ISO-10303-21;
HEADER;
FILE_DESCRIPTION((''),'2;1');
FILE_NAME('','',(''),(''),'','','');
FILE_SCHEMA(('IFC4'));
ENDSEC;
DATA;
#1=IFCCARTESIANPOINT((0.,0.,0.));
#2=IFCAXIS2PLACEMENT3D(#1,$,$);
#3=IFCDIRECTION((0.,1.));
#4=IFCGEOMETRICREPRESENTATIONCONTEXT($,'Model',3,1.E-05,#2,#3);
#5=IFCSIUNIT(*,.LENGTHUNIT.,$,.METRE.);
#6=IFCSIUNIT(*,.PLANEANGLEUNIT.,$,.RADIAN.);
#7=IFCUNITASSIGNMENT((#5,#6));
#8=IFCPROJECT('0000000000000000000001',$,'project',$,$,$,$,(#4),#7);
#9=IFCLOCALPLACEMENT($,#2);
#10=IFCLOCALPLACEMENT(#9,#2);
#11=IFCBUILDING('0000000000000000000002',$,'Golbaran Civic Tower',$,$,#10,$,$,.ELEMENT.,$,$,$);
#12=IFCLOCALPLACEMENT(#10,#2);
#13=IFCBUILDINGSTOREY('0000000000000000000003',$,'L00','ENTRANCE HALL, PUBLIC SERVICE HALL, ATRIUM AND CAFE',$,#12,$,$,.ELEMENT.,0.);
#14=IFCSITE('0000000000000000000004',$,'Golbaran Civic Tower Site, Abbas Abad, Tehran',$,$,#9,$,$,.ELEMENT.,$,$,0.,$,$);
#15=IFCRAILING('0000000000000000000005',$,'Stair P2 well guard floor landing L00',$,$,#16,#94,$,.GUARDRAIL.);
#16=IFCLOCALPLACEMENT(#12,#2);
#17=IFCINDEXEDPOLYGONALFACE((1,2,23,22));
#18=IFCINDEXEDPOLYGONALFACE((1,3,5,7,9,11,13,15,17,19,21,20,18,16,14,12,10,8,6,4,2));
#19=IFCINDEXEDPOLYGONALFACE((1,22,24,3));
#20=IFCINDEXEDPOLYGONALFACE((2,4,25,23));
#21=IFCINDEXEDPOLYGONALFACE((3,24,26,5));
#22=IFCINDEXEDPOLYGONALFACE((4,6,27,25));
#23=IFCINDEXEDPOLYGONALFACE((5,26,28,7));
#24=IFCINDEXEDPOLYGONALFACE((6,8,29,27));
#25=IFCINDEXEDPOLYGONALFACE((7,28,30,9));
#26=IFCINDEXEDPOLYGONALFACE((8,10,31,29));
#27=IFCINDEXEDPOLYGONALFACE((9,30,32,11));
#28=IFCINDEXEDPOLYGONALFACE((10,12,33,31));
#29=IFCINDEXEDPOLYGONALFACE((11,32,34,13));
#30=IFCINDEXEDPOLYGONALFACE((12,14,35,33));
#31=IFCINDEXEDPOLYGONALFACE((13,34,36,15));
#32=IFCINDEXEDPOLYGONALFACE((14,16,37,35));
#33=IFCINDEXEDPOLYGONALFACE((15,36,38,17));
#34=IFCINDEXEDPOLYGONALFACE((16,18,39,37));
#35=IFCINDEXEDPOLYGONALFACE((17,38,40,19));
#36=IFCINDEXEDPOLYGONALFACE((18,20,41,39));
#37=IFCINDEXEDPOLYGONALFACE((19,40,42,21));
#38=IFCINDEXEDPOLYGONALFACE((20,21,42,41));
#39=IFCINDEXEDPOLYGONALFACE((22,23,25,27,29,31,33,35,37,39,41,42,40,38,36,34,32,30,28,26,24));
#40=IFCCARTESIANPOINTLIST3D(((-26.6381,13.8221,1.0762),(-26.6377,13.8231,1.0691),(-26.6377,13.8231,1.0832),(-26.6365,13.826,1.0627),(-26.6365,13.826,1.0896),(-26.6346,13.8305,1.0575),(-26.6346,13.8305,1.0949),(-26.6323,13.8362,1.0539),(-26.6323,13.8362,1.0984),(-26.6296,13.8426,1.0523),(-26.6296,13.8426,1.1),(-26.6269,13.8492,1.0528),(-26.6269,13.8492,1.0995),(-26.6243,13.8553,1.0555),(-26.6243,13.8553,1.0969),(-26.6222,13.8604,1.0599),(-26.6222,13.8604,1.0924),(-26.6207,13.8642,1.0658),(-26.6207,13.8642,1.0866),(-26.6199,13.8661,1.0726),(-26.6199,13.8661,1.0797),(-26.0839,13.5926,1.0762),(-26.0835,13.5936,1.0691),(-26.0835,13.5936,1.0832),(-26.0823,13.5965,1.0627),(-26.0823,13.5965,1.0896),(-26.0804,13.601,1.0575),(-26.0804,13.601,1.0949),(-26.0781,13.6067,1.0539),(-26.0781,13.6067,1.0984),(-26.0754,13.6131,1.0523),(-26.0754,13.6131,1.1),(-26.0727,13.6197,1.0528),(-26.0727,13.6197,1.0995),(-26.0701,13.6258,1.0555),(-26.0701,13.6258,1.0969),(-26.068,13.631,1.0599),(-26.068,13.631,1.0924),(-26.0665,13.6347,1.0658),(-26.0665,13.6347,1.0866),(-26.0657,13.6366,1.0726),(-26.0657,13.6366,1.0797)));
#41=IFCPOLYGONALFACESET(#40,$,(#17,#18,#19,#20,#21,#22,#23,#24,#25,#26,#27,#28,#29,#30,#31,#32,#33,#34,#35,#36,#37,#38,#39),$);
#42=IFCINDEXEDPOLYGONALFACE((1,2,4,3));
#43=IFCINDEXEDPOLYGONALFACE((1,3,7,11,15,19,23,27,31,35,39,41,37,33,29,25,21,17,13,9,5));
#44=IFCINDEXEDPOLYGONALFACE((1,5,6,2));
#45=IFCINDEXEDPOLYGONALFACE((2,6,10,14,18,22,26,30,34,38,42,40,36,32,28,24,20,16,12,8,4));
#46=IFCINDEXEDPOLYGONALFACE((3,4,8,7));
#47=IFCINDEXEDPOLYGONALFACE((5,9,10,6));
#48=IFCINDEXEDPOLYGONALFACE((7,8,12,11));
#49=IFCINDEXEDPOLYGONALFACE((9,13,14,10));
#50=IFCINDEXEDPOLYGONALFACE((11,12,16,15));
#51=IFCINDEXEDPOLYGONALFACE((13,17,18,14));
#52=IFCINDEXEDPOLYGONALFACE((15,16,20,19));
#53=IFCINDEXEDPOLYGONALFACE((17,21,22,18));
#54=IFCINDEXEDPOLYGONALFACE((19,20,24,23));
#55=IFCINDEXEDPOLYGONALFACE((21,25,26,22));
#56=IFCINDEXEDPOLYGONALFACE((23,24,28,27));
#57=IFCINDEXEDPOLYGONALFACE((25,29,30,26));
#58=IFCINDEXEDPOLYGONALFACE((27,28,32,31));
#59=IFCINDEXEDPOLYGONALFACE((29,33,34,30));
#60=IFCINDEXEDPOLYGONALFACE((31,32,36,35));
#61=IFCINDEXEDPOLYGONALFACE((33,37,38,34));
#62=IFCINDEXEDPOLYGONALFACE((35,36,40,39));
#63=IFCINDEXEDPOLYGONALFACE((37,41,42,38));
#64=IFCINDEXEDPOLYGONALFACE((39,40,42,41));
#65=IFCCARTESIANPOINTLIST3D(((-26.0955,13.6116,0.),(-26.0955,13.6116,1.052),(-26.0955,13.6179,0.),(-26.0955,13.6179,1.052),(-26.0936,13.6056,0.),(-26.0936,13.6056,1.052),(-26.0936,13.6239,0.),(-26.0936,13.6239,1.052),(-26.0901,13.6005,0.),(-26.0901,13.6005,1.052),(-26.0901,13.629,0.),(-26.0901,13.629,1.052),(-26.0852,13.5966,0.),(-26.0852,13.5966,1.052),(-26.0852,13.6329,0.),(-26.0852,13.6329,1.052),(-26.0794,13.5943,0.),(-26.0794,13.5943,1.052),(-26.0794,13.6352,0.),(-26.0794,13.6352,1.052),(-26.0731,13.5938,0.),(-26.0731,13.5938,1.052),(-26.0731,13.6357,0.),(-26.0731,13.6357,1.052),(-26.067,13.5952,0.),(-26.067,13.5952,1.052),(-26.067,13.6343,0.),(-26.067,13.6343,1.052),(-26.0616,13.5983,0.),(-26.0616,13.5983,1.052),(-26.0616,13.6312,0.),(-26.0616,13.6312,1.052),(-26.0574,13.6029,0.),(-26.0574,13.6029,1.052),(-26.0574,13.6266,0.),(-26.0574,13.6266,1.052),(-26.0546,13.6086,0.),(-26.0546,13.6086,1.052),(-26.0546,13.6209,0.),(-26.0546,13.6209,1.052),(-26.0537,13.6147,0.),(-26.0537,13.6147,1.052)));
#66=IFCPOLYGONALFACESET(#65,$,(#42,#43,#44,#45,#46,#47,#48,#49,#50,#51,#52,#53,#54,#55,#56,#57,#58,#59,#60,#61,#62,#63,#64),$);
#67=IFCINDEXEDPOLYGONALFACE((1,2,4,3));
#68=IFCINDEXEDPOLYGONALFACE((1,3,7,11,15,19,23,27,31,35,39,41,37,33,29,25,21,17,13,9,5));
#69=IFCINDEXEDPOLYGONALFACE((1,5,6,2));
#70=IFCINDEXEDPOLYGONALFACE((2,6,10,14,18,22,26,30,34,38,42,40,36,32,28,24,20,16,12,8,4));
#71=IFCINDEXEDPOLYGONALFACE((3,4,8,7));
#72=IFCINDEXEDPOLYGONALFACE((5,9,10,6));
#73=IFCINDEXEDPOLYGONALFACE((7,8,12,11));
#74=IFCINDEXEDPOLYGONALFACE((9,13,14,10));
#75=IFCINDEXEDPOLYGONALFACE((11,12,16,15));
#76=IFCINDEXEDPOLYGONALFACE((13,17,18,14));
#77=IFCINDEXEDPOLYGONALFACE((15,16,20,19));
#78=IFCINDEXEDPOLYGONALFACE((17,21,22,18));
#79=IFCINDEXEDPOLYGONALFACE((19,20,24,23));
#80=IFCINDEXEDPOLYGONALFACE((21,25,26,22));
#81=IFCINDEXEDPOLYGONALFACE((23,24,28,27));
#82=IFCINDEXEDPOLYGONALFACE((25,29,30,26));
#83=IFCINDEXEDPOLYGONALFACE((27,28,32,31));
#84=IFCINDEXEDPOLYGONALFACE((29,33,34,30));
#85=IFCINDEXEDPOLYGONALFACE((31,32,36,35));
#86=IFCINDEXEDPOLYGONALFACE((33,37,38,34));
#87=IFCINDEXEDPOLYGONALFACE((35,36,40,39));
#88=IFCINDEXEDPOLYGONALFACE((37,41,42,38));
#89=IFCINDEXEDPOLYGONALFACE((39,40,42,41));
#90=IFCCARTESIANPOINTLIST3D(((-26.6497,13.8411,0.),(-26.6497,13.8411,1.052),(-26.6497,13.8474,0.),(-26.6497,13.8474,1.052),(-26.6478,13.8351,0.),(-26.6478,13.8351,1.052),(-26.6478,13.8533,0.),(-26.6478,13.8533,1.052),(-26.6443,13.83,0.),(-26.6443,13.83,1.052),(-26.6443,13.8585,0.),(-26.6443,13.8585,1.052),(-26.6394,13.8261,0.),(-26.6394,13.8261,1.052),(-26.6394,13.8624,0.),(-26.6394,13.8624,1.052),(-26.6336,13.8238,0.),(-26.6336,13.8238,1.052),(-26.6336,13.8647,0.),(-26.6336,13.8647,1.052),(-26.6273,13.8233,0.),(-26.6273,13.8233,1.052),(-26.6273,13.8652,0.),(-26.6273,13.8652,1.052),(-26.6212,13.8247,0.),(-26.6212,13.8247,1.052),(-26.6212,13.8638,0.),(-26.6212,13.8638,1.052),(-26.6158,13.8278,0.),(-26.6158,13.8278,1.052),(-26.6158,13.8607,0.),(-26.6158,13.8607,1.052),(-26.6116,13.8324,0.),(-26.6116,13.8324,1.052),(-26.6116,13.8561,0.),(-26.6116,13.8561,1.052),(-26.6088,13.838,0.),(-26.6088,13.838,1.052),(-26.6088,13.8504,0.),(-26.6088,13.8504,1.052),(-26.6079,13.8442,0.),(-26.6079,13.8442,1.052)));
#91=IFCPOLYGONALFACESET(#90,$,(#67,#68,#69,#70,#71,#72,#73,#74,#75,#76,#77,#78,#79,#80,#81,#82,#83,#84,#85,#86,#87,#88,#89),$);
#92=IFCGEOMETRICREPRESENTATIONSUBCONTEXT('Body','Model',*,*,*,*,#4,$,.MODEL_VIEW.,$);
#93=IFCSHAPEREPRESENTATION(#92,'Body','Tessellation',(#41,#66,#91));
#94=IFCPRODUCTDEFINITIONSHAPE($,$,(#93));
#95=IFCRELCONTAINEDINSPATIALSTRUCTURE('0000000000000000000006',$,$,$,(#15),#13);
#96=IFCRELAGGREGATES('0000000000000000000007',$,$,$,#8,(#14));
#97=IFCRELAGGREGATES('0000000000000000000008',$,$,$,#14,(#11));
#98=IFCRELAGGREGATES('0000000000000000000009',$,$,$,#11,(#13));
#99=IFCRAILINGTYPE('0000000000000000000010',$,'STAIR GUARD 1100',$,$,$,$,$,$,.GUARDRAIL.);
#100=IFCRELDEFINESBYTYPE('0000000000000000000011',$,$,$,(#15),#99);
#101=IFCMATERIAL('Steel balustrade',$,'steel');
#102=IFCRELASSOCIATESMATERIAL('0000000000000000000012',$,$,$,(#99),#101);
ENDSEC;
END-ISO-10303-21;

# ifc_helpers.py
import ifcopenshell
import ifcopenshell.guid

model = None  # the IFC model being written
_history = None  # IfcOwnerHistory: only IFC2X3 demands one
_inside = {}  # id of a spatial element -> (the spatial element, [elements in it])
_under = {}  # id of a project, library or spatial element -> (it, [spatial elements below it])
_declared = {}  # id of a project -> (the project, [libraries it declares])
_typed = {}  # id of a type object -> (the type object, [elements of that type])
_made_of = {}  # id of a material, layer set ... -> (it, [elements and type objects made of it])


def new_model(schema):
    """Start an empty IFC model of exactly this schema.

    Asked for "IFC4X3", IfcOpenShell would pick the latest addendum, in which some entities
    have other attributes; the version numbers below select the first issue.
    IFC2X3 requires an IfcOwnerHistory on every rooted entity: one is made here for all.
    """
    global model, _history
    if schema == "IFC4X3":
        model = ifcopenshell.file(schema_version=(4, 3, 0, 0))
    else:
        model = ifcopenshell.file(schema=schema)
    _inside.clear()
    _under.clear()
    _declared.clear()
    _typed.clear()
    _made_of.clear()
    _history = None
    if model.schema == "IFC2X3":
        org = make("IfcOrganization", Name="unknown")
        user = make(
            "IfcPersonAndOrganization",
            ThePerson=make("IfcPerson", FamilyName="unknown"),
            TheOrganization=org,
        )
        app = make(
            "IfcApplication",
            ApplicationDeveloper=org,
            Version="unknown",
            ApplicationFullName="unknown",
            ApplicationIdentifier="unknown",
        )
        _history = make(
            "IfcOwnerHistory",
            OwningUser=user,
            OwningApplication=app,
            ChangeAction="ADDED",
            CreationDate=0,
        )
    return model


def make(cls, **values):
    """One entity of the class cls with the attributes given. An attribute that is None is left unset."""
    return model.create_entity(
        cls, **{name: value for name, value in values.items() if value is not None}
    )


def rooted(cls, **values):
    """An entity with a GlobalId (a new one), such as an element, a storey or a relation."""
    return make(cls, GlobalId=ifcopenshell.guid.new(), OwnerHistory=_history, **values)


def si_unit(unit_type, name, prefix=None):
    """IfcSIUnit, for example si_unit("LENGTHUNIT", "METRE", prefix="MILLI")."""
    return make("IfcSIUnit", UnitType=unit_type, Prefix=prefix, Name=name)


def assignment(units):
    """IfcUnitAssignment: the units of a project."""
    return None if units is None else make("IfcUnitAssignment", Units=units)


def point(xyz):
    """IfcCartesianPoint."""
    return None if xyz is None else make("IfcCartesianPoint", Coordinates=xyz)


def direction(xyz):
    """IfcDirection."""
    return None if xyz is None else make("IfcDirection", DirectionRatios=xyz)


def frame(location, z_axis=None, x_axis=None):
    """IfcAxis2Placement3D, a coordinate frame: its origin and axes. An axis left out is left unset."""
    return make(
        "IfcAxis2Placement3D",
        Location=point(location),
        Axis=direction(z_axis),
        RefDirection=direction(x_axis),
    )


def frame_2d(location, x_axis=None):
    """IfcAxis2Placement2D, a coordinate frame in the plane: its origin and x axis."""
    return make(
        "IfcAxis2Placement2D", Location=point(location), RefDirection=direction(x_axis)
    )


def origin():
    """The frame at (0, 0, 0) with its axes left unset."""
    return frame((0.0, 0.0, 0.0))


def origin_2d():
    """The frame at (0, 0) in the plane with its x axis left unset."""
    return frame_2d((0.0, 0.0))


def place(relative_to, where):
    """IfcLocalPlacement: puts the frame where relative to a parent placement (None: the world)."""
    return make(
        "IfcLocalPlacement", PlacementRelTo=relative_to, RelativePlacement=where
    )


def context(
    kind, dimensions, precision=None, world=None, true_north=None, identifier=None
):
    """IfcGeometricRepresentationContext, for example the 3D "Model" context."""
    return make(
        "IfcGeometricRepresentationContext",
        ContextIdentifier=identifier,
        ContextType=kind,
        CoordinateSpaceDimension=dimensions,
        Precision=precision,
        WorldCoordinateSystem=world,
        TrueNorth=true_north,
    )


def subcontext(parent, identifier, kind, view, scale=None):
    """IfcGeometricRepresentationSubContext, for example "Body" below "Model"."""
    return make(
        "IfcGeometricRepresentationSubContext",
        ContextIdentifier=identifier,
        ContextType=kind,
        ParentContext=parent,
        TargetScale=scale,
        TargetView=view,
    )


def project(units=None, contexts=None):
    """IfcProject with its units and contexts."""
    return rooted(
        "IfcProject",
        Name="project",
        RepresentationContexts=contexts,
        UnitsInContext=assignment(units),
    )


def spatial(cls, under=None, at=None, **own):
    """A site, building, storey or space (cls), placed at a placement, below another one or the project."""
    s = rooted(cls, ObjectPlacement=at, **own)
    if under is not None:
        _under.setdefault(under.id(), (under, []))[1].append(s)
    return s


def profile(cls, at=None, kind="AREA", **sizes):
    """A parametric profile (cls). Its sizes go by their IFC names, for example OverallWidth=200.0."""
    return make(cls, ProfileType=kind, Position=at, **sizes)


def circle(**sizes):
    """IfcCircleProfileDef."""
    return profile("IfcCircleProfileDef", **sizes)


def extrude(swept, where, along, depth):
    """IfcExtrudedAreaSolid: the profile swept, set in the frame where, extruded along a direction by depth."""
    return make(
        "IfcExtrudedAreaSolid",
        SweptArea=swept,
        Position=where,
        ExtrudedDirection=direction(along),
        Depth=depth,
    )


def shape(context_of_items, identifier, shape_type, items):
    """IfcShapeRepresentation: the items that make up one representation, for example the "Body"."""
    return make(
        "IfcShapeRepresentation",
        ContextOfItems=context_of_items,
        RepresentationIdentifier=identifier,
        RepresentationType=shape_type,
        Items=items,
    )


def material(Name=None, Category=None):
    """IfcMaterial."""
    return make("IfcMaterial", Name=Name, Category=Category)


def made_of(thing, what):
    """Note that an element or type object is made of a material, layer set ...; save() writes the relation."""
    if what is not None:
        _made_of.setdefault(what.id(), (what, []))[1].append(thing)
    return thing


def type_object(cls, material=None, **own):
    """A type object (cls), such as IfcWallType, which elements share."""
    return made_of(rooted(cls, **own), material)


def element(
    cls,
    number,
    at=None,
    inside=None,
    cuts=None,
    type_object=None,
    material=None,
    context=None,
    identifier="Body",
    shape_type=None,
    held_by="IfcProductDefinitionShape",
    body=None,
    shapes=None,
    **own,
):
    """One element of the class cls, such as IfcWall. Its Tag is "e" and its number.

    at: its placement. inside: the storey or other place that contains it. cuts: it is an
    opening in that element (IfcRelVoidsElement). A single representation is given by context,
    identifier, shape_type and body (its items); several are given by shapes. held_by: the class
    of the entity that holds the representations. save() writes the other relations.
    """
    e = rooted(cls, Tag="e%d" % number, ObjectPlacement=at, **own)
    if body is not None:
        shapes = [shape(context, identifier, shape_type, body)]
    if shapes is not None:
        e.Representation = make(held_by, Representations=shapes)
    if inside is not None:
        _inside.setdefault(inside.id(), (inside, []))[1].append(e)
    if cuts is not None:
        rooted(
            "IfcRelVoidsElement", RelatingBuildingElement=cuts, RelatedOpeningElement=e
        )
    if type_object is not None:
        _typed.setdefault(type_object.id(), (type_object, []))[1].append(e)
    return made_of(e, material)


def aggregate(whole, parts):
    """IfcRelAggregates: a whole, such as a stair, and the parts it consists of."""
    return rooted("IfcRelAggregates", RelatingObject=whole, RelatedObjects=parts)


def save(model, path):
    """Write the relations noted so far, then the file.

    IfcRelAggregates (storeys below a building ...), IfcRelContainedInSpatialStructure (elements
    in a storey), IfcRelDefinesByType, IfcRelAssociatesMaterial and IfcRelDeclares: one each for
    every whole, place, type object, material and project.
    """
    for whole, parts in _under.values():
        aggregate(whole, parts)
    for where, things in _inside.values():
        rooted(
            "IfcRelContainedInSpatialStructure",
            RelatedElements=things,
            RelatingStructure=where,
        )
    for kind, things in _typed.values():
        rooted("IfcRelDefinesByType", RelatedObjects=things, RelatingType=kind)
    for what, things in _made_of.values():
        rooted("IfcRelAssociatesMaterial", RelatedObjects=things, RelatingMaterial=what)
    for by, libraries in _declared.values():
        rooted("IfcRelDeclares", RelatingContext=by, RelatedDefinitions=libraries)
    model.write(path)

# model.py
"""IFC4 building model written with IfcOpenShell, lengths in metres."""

from ifc_helpers import new_model, si_unit, direction, frame, origin, origin_2d, place, context, subcontext, project, spatial, circle, extrude, material, type_object, element, save


model = new_model("IFC4")

# Units and contexts
model_context = context("Model", 3, precision=1e-05, world=origin(), true_north=direction((0.0, 1.0)))
body_context = subcontext(model_context, "Body", "Model", "MODEL_VIEW")
ifc_project = project(units=[si_unit("LENGTHUNIT", "METRE"), si_unit("PLANEANGLEUNIT", "RADIAN")], contexts=[model_context])

# Site, building, storey
site_placement = place(None, origin())
site = spatial("IfcSite", under=ifc_project, at=site_placement, Name="Golbaran Civic Tower Site, Abbas Abad, Tehran", CompositionType="ELEMENT", RefElevation=0.0)
building_placement = place(site_placement, origin())
building = spatial("IfcBuilding", under=site, at=building_placement, Name="Golbaran Civic Tower", CompositionType="ELEMENT")
storey_placement = place(building_placement, origin())
storey = spatial("IfcBuildingStorey", under=building, at=storey_placement, Name="L00", Description="ENTRANCE HALL, PUBLIC SERVICE HALL, ATRIUM AND CAFE", CompositionType="ELEMENT", Elevation=0.0)

# Railing
ifc_material_1 = material(Name="Steel balustrade", Category="steel")
railing_type_1 = type_object("IfcRailingType", Name="STAIR GUARD 1100", PredefinedType="GUARDRAIL", material=ifc_material_1)
railing_1_placement = place(storey_placement, frame((-26.0747, 13.6147, 0.0)))
element("IfcRailing", 1, at=railing_1_placement, inside=storey, type_object=railing_type_1, Name="Stair P2 well guard floor landing L00", PredefinedType="GUARDRAIL", context=body_context, shape_type="SweptSolid", body=[
    extrude(circle(Radius=0.0239, at=origin_2d()), frame((0.0, 0.0, 1.0762), z_axis=(-0.923918, 0.382591, 0.0), x_axis=(-0.382591, -0.923918, 0.0)), (0.0, 0.0, 1.0), 0.5999),
    extrude(circle(Radius=0.021, at=origin_2d()), origin(), (0.0, 0.0, 1.0), 1.052),
    extrude(circle(Radius=0.021, at=origin_2d()), frame((-0.5542, 0.2295, 0.0)), (0.0, 0.0, 1.0), 1.052),
])

save(model, "model.ifc")
